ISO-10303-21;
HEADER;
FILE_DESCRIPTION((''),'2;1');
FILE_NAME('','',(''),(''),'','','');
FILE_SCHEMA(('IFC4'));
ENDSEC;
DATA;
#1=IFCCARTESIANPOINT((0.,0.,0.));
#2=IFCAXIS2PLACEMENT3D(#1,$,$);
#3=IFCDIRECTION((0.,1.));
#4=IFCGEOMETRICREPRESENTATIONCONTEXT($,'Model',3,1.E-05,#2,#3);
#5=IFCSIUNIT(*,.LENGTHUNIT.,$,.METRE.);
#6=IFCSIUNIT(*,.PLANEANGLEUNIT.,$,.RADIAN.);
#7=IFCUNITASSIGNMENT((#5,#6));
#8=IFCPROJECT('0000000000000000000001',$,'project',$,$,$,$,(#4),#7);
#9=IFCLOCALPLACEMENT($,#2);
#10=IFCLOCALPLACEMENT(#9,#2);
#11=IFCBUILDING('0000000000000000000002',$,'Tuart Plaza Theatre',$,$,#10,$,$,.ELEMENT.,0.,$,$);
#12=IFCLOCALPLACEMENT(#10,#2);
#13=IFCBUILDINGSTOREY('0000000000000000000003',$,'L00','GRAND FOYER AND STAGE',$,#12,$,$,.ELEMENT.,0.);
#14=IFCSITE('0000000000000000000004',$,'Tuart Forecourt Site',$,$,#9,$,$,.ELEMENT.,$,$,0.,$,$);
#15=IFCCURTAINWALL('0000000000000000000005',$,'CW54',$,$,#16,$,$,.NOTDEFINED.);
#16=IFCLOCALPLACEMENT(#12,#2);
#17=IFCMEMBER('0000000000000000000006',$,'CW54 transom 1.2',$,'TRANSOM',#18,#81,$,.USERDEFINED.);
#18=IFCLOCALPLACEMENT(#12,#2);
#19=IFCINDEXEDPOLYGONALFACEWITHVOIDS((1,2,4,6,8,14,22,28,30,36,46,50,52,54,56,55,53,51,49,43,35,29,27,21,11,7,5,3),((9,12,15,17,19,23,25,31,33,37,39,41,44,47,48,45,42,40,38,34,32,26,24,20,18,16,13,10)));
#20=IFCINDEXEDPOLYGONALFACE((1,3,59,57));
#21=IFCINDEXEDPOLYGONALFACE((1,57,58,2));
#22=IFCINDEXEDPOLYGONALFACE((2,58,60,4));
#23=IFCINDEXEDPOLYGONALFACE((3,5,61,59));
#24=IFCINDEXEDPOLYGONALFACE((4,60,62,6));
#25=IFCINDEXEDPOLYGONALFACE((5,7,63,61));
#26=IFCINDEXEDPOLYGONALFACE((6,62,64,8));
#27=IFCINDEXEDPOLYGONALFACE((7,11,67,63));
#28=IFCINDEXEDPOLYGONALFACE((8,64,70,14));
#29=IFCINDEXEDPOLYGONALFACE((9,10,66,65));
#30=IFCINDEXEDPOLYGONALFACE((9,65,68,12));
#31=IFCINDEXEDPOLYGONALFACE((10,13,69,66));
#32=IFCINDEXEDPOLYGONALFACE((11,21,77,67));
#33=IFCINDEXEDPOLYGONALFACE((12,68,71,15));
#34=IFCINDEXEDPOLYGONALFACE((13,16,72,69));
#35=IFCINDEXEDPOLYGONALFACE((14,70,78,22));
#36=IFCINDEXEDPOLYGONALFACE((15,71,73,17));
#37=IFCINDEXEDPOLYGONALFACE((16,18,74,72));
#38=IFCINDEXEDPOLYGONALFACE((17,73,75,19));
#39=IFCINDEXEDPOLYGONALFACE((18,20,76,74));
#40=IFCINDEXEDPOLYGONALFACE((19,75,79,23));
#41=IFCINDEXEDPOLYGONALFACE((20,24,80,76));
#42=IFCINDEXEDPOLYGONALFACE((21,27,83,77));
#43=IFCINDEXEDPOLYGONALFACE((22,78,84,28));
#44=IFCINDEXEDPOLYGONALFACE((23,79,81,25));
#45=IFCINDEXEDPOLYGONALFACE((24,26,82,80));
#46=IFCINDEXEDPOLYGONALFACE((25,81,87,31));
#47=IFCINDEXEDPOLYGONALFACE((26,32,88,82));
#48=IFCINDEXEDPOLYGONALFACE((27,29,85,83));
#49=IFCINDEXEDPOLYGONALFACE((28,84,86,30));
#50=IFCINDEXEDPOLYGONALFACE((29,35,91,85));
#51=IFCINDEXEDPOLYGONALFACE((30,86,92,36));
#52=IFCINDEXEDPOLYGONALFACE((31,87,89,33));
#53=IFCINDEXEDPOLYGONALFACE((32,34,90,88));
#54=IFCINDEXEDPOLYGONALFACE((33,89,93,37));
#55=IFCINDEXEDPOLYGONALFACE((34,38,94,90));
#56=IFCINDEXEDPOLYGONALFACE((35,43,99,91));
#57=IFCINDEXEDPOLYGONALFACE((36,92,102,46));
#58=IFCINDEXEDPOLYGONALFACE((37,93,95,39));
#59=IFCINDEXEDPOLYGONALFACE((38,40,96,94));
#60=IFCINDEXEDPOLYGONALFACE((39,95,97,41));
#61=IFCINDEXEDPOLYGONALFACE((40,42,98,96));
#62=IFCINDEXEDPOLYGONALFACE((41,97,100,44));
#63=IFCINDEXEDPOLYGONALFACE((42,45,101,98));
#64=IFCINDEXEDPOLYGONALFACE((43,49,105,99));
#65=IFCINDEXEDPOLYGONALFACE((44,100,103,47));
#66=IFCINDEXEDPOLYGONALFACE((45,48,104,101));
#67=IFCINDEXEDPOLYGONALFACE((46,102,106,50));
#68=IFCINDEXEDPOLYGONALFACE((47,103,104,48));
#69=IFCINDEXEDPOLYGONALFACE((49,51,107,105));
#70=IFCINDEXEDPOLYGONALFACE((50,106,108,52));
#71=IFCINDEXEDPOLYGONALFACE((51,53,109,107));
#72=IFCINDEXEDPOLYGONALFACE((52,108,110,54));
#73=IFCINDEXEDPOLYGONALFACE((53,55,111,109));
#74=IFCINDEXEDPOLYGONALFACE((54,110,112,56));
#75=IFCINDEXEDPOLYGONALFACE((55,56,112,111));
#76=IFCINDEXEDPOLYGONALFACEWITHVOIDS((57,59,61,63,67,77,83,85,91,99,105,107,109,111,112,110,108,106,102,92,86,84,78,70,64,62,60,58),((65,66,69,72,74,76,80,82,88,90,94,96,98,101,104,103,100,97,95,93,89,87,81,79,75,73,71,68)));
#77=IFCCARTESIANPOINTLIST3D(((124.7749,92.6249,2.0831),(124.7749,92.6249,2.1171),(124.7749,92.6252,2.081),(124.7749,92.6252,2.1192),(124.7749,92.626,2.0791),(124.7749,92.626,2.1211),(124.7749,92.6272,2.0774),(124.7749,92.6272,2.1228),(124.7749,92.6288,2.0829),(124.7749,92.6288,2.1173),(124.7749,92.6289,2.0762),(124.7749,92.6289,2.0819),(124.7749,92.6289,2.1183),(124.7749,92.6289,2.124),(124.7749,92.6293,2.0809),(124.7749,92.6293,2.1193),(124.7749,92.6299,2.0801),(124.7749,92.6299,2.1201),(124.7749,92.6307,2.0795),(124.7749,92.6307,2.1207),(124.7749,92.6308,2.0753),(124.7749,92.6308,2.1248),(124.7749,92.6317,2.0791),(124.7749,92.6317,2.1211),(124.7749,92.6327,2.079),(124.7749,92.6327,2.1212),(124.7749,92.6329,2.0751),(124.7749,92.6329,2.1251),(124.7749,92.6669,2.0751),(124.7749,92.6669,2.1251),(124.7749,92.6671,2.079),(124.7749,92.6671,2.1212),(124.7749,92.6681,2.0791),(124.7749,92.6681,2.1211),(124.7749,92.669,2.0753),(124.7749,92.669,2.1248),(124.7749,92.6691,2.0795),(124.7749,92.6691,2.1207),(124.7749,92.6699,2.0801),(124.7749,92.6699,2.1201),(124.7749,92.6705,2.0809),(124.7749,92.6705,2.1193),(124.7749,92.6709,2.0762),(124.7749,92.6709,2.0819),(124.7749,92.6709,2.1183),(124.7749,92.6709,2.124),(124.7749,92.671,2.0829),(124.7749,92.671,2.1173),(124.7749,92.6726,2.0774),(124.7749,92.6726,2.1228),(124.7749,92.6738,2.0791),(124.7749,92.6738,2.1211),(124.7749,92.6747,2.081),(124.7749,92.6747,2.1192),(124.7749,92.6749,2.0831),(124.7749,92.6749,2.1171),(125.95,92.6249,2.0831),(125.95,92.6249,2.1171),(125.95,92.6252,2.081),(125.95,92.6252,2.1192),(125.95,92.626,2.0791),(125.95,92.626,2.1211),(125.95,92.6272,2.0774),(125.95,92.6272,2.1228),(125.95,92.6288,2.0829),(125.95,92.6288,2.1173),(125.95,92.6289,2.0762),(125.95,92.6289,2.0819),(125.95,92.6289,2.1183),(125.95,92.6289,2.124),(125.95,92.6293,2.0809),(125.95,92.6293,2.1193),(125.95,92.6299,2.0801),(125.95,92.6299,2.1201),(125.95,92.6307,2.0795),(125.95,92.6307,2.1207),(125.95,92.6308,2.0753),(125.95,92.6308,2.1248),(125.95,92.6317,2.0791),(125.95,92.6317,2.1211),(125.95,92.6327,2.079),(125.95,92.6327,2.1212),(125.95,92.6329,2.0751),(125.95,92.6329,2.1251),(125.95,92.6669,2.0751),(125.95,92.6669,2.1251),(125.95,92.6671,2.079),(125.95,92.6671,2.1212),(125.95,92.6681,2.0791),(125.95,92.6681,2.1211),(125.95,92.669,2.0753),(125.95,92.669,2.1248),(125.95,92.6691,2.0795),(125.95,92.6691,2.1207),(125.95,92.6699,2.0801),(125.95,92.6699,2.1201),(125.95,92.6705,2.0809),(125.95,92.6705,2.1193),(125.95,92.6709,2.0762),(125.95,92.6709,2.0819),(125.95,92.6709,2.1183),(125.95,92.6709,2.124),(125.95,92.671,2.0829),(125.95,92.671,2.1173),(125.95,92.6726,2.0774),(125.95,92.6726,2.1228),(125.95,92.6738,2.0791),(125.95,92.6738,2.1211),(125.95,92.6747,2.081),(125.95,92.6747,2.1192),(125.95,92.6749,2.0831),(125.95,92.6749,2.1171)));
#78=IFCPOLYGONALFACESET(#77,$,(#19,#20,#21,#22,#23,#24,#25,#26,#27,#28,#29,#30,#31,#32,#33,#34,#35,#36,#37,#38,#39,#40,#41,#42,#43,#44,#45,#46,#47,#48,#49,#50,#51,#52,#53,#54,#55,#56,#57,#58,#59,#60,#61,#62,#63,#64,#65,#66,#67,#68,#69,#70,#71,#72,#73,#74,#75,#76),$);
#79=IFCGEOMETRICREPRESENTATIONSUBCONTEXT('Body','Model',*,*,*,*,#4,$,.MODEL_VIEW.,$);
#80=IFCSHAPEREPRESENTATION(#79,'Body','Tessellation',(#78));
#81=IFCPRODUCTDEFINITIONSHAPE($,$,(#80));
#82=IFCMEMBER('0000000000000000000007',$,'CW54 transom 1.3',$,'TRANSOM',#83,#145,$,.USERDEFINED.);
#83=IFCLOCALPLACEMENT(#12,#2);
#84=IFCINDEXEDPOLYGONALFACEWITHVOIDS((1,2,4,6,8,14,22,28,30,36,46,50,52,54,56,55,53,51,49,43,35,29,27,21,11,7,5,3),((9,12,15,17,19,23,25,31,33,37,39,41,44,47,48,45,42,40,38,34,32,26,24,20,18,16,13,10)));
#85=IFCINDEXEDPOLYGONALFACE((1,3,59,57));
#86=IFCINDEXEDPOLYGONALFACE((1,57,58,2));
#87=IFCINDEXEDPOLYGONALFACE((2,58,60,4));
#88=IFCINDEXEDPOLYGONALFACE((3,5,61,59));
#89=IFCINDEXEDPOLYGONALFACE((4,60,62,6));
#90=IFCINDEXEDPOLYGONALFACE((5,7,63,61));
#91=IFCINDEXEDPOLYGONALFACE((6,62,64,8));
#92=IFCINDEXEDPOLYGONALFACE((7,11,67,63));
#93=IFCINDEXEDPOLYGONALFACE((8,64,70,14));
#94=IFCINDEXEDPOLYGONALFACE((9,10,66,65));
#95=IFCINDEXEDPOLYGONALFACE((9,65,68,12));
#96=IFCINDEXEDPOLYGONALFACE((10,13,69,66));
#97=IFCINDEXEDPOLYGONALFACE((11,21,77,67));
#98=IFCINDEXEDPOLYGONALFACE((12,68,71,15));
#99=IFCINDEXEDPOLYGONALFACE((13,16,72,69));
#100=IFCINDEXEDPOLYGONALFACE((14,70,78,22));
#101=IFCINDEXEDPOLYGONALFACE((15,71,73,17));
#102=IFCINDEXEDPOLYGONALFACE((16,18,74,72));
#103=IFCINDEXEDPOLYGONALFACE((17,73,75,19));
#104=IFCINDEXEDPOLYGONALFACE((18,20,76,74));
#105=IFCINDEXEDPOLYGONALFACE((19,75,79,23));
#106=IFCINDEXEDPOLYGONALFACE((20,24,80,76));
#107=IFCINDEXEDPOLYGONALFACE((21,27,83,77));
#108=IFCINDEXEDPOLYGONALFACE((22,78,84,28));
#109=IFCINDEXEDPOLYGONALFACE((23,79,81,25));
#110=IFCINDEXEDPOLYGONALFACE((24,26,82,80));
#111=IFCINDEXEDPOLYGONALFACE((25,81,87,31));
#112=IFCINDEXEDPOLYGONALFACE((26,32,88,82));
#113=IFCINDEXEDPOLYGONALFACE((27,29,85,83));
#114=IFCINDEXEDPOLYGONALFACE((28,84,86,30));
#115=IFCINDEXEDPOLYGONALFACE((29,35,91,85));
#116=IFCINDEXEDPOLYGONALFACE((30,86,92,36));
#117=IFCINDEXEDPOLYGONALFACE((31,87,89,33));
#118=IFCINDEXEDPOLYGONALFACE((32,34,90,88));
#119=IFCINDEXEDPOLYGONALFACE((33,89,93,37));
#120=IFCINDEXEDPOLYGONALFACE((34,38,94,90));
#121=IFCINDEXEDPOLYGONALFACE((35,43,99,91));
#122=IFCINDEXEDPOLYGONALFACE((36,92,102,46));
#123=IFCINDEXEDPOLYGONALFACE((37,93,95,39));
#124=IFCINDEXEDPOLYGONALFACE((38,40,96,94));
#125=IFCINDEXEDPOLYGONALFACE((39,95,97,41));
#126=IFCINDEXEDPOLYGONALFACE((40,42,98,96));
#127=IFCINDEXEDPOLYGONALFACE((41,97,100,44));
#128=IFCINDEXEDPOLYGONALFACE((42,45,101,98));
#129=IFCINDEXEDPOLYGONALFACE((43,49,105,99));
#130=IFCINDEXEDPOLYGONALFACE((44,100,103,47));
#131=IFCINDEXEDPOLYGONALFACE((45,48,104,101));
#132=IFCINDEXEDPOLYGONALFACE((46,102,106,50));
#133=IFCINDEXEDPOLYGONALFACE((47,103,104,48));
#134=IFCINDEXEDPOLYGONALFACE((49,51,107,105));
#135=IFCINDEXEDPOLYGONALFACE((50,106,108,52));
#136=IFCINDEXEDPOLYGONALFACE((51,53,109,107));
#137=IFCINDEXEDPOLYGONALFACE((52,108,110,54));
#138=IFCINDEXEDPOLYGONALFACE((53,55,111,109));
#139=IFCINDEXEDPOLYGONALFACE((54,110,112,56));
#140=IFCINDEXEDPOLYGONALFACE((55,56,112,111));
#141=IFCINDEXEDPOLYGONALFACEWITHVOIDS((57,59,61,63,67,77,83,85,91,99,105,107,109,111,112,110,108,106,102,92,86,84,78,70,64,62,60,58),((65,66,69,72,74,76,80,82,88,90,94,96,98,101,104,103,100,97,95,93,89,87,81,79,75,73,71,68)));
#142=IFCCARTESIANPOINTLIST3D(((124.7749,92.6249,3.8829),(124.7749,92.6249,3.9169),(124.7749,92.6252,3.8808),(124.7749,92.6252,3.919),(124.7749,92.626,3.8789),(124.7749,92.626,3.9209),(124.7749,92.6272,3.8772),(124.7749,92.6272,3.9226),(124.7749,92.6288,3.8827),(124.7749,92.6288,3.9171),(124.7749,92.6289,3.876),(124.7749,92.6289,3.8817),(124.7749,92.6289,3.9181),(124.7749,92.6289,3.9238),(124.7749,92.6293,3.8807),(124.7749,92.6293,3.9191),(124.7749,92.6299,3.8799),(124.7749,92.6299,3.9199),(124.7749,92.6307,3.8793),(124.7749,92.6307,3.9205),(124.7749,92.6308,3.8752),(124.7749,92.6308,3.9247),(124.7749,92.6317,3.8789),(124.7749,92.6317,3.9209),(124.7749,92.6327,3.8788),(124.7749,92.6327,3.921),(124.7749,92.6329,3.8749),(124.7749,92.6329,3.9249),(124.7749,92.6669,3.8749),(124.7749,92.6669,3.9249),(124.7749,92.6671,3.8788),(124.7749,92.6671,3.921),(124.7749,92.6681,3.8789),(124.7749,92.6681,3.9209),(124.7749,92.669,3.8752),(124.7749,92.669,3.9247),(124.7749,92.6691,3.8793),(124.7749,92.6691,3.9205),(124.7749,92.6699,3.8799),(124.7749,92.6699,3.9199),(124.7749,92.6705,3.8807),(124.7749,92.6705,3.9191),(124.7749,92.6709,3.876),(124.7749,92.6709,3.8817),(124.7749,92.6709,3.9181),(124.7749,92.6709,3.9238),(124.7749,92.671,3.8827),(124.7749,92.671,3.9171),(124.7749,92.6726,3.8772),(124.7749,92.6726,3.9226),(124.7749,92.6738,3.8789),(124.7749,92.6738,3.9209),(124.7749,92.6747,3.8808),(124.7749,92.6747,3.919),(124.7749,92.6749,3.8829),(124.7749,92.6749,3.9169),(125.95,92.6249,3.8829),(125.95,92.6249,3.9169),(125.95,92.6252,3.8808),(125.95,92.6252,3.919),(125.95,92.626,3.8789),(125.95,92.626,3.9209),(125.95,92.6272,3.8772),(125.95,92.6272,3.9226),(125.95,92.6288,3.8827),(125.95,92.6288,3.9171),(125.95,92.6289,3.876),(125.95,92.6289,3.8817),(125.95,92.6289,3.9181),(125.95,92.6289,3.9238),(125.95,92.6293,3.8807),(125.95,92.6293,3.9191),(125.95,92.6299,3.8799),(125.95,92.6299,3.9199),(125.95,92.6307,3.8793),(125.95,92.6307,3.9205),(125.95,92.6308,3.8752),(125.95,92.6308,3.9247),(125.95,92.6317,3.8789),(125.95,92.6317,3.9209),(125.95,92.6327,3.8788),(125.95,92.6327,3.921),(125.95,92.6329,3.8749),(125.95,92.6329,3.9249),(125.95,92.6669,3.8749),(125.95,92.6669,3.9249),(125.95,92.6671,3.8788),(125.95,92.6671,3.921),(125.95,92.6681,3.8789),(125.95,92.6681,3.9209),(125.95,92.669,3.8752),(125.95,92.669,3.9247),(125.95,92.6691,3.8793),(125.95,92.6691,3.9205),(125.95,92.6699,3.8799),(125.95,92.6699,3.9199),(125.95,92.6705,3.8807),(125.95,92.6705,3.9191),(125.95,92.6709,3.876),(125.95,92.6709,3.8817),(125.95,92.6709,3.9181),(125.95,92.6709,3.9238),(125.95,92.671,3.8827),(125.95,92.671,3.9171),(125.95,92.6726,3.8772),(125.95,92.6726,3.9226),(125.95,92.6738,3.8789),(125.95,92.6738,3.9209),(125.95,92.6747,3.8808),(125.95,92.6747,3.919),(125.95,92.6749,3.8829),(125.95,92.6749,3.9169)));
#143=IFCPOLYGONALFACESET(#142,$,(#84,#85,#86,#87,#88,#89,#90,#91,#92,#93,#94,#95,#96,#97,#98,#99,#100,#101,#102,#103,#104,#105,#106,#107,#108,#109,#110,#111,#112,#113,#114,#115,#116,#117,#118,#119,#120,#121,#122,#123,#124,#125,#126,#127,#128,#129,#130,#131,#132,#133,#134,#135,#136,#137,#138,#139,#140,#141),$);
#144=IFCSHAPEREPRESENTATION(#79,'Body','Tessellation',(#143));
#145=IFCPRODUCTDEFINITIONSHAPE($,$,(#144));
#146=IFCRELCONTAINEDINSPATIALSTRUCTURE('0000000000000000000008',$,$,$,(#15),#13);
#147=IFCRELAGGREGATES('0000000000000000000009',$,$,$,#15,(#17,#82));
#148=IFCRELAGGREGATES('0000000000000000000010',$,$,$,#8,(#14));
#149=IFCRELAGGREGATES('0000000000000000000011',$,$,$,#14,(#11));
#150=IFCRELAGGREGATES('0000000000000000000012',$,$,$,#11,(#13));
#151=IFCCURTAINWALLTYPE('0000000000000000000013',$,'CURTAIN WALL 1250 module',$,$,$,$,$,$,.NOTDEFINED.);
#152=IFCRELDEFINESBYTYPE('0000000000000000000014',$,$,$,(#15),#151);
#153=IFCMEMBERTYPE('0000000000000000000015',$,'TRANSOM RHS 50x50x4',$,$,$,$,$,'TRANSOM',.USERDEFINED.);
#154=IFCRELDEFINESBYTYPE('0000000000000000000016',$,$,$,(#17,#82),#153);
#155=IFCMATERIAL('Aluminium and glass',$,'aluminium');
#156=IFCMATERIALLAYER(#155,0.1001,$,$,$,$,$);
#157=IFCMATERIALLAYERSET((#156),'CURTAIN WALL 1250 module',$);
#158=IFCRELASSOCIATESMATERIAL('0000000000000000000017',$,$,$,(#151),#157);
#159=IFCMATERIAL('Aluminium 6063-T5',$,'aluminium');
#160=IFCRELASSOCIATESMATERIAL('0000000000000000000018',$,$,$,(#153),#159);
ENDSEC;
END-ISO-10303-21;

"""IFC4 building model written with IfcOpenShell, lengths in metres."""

from ifc_helpers import new_model, si_unit, direction, frame, origin, origin_2d, place, context, subcontext, project, spatial, hollow_rectangle, extrude, material, layer, layer_set, material_profile, profile_set, type_object, element, aggregate, save


model = new_model("IFC4")

# Units and contexts
model_context = context("Model", 3, precision=1e-05, world=origin(), true_north=direction((0.0, 1.0)))
body_context = subcontext(model_context, "Body", "Model", "MODEL_VIEW")
ifc_project = project(units=[si_unit("LENGTHUNIT", "METRE"), si_unit("PLANEANGLEUNIT", "RADIAN")], contexts=[model_context])

# Site, building, storey
site_placement = place(None, origin())
site = spatial("IfcSite", under=ifc_project, at=site_placement, Name="Tuart Forecourt Site", CompositionType="ELEMENT", RefElevation=0.0)
building_placement = place(site_placement, origin())
building = spatial("IfcBuilding", under=site, at=building_placement, Name="Tuart Plaza Theatre", CompositionType="ELEMENT", ElevationOfRefHeight=0.0)
storey_placement = place(building_placement, origin())
storey = spatial("IfcBuildingStorey", under=building, at=storey_placement, Name="L00", Description="GRAND FOYER AND STAGE", CompositionType="ELEMENT", Elevation=0.0)

# Curtain wall, members
ifc_material_1 = material(Name="Aluminium and glass", Category="aluminium")
ifc_layer_1 = layer(ifc_material_1, 0.1001)
ifc_layer_set_1 = layer_set([ifc_layer_1], Name="CURTAIN WALL 1250 module")
curtain_wall_type = type_object("IfcCurtainWallType", Name="CURTAIN WALL 1250 module", PredefinedType="NOTDEFINED", material=ifc_layer_set_1)
curtain_wall_placement = place(storey_placement, origin())
curtain_wall = element("IfcCurtainWall", 1, at=curtain_wall_placement, inside=storey, type_object=curtain_wall_type, Name="CW54", PredefinedType="NOTDEFINED")
ifc_material_2 = material(Name="Aluminium 6063-T5", Category="aluminium")
ifc_material_profile_1 = material_profile(ifc_material_2, hollow_rectangle(XDim=0.05, YDim=0.05, WallThickness=0.0039, InnerFilletRadius=0.0039, OuterFilletRadius=0.0081, at=origin_2d()), Name="RHS 50x50x4")
ifc_profile_set_1 = profile_set([ifc_material_profile_1], Name="Aluminium 6063-T5")
member_type_1 = type_object("IfcMemberType", Name="TRANSOM RHS 50x50x4", ElementType="TRANSOM", PredefinedType="USERDEFINED", material=ifc_profile_set_1)
member_1_placement = place(storey_placement, frame((125.95, 92.6499, 2.1001), z_axis=(-1.0, 0.0, 0.0), x_axis=(0.0, -1.0, 0.0)))
member_1 = element("IfcMember", 2, at=member_1_placement, type_object=member_type_1, Name="CW54 transom 1.2", ObjectType="TRANSOM", PredefinedType="USERDEFINED", context=body_context, shape_type="SweptSolid", body=[
    extrude(hollow_rectangle(XDim=0.05, YDim=0.05, WallThickness=0.0039, InnerFilletRadius=0.0039, OuterFilletRadius=0.0081, at=origin_2d()), origin(), (0.0, 0.0, 1.0), 1.175),
])
member_2_placement = place(storey_placement, frame((125.95, 92.6499, 3.8999), z_axis=(-1.0, 0.0, 0.0), x_axis=(0.0, -1.0, 0.0)))
member_2 = element("IfcMember", 3, at=member_2_placement, type_object=member_type_1, Name="CW54 transom 1.3", ObjectType="TRANSOM", PredefinedType="USERDEFINED", context=body_context, shape_type="SweptSolid", body=[
    extrude(hollow_rectangle(XDim=0.05, YDim=0.05, WallThickness=0.0039, InnerFilletRadius=0.0039, OuterFilletRadius=0.0081, at=origin_2d()), origin(), (0.0, 0.0, 1.0), 1.175),
])
aggregate(curtain_wall, [member_1, member_2])

save(model, "model.ifc")
